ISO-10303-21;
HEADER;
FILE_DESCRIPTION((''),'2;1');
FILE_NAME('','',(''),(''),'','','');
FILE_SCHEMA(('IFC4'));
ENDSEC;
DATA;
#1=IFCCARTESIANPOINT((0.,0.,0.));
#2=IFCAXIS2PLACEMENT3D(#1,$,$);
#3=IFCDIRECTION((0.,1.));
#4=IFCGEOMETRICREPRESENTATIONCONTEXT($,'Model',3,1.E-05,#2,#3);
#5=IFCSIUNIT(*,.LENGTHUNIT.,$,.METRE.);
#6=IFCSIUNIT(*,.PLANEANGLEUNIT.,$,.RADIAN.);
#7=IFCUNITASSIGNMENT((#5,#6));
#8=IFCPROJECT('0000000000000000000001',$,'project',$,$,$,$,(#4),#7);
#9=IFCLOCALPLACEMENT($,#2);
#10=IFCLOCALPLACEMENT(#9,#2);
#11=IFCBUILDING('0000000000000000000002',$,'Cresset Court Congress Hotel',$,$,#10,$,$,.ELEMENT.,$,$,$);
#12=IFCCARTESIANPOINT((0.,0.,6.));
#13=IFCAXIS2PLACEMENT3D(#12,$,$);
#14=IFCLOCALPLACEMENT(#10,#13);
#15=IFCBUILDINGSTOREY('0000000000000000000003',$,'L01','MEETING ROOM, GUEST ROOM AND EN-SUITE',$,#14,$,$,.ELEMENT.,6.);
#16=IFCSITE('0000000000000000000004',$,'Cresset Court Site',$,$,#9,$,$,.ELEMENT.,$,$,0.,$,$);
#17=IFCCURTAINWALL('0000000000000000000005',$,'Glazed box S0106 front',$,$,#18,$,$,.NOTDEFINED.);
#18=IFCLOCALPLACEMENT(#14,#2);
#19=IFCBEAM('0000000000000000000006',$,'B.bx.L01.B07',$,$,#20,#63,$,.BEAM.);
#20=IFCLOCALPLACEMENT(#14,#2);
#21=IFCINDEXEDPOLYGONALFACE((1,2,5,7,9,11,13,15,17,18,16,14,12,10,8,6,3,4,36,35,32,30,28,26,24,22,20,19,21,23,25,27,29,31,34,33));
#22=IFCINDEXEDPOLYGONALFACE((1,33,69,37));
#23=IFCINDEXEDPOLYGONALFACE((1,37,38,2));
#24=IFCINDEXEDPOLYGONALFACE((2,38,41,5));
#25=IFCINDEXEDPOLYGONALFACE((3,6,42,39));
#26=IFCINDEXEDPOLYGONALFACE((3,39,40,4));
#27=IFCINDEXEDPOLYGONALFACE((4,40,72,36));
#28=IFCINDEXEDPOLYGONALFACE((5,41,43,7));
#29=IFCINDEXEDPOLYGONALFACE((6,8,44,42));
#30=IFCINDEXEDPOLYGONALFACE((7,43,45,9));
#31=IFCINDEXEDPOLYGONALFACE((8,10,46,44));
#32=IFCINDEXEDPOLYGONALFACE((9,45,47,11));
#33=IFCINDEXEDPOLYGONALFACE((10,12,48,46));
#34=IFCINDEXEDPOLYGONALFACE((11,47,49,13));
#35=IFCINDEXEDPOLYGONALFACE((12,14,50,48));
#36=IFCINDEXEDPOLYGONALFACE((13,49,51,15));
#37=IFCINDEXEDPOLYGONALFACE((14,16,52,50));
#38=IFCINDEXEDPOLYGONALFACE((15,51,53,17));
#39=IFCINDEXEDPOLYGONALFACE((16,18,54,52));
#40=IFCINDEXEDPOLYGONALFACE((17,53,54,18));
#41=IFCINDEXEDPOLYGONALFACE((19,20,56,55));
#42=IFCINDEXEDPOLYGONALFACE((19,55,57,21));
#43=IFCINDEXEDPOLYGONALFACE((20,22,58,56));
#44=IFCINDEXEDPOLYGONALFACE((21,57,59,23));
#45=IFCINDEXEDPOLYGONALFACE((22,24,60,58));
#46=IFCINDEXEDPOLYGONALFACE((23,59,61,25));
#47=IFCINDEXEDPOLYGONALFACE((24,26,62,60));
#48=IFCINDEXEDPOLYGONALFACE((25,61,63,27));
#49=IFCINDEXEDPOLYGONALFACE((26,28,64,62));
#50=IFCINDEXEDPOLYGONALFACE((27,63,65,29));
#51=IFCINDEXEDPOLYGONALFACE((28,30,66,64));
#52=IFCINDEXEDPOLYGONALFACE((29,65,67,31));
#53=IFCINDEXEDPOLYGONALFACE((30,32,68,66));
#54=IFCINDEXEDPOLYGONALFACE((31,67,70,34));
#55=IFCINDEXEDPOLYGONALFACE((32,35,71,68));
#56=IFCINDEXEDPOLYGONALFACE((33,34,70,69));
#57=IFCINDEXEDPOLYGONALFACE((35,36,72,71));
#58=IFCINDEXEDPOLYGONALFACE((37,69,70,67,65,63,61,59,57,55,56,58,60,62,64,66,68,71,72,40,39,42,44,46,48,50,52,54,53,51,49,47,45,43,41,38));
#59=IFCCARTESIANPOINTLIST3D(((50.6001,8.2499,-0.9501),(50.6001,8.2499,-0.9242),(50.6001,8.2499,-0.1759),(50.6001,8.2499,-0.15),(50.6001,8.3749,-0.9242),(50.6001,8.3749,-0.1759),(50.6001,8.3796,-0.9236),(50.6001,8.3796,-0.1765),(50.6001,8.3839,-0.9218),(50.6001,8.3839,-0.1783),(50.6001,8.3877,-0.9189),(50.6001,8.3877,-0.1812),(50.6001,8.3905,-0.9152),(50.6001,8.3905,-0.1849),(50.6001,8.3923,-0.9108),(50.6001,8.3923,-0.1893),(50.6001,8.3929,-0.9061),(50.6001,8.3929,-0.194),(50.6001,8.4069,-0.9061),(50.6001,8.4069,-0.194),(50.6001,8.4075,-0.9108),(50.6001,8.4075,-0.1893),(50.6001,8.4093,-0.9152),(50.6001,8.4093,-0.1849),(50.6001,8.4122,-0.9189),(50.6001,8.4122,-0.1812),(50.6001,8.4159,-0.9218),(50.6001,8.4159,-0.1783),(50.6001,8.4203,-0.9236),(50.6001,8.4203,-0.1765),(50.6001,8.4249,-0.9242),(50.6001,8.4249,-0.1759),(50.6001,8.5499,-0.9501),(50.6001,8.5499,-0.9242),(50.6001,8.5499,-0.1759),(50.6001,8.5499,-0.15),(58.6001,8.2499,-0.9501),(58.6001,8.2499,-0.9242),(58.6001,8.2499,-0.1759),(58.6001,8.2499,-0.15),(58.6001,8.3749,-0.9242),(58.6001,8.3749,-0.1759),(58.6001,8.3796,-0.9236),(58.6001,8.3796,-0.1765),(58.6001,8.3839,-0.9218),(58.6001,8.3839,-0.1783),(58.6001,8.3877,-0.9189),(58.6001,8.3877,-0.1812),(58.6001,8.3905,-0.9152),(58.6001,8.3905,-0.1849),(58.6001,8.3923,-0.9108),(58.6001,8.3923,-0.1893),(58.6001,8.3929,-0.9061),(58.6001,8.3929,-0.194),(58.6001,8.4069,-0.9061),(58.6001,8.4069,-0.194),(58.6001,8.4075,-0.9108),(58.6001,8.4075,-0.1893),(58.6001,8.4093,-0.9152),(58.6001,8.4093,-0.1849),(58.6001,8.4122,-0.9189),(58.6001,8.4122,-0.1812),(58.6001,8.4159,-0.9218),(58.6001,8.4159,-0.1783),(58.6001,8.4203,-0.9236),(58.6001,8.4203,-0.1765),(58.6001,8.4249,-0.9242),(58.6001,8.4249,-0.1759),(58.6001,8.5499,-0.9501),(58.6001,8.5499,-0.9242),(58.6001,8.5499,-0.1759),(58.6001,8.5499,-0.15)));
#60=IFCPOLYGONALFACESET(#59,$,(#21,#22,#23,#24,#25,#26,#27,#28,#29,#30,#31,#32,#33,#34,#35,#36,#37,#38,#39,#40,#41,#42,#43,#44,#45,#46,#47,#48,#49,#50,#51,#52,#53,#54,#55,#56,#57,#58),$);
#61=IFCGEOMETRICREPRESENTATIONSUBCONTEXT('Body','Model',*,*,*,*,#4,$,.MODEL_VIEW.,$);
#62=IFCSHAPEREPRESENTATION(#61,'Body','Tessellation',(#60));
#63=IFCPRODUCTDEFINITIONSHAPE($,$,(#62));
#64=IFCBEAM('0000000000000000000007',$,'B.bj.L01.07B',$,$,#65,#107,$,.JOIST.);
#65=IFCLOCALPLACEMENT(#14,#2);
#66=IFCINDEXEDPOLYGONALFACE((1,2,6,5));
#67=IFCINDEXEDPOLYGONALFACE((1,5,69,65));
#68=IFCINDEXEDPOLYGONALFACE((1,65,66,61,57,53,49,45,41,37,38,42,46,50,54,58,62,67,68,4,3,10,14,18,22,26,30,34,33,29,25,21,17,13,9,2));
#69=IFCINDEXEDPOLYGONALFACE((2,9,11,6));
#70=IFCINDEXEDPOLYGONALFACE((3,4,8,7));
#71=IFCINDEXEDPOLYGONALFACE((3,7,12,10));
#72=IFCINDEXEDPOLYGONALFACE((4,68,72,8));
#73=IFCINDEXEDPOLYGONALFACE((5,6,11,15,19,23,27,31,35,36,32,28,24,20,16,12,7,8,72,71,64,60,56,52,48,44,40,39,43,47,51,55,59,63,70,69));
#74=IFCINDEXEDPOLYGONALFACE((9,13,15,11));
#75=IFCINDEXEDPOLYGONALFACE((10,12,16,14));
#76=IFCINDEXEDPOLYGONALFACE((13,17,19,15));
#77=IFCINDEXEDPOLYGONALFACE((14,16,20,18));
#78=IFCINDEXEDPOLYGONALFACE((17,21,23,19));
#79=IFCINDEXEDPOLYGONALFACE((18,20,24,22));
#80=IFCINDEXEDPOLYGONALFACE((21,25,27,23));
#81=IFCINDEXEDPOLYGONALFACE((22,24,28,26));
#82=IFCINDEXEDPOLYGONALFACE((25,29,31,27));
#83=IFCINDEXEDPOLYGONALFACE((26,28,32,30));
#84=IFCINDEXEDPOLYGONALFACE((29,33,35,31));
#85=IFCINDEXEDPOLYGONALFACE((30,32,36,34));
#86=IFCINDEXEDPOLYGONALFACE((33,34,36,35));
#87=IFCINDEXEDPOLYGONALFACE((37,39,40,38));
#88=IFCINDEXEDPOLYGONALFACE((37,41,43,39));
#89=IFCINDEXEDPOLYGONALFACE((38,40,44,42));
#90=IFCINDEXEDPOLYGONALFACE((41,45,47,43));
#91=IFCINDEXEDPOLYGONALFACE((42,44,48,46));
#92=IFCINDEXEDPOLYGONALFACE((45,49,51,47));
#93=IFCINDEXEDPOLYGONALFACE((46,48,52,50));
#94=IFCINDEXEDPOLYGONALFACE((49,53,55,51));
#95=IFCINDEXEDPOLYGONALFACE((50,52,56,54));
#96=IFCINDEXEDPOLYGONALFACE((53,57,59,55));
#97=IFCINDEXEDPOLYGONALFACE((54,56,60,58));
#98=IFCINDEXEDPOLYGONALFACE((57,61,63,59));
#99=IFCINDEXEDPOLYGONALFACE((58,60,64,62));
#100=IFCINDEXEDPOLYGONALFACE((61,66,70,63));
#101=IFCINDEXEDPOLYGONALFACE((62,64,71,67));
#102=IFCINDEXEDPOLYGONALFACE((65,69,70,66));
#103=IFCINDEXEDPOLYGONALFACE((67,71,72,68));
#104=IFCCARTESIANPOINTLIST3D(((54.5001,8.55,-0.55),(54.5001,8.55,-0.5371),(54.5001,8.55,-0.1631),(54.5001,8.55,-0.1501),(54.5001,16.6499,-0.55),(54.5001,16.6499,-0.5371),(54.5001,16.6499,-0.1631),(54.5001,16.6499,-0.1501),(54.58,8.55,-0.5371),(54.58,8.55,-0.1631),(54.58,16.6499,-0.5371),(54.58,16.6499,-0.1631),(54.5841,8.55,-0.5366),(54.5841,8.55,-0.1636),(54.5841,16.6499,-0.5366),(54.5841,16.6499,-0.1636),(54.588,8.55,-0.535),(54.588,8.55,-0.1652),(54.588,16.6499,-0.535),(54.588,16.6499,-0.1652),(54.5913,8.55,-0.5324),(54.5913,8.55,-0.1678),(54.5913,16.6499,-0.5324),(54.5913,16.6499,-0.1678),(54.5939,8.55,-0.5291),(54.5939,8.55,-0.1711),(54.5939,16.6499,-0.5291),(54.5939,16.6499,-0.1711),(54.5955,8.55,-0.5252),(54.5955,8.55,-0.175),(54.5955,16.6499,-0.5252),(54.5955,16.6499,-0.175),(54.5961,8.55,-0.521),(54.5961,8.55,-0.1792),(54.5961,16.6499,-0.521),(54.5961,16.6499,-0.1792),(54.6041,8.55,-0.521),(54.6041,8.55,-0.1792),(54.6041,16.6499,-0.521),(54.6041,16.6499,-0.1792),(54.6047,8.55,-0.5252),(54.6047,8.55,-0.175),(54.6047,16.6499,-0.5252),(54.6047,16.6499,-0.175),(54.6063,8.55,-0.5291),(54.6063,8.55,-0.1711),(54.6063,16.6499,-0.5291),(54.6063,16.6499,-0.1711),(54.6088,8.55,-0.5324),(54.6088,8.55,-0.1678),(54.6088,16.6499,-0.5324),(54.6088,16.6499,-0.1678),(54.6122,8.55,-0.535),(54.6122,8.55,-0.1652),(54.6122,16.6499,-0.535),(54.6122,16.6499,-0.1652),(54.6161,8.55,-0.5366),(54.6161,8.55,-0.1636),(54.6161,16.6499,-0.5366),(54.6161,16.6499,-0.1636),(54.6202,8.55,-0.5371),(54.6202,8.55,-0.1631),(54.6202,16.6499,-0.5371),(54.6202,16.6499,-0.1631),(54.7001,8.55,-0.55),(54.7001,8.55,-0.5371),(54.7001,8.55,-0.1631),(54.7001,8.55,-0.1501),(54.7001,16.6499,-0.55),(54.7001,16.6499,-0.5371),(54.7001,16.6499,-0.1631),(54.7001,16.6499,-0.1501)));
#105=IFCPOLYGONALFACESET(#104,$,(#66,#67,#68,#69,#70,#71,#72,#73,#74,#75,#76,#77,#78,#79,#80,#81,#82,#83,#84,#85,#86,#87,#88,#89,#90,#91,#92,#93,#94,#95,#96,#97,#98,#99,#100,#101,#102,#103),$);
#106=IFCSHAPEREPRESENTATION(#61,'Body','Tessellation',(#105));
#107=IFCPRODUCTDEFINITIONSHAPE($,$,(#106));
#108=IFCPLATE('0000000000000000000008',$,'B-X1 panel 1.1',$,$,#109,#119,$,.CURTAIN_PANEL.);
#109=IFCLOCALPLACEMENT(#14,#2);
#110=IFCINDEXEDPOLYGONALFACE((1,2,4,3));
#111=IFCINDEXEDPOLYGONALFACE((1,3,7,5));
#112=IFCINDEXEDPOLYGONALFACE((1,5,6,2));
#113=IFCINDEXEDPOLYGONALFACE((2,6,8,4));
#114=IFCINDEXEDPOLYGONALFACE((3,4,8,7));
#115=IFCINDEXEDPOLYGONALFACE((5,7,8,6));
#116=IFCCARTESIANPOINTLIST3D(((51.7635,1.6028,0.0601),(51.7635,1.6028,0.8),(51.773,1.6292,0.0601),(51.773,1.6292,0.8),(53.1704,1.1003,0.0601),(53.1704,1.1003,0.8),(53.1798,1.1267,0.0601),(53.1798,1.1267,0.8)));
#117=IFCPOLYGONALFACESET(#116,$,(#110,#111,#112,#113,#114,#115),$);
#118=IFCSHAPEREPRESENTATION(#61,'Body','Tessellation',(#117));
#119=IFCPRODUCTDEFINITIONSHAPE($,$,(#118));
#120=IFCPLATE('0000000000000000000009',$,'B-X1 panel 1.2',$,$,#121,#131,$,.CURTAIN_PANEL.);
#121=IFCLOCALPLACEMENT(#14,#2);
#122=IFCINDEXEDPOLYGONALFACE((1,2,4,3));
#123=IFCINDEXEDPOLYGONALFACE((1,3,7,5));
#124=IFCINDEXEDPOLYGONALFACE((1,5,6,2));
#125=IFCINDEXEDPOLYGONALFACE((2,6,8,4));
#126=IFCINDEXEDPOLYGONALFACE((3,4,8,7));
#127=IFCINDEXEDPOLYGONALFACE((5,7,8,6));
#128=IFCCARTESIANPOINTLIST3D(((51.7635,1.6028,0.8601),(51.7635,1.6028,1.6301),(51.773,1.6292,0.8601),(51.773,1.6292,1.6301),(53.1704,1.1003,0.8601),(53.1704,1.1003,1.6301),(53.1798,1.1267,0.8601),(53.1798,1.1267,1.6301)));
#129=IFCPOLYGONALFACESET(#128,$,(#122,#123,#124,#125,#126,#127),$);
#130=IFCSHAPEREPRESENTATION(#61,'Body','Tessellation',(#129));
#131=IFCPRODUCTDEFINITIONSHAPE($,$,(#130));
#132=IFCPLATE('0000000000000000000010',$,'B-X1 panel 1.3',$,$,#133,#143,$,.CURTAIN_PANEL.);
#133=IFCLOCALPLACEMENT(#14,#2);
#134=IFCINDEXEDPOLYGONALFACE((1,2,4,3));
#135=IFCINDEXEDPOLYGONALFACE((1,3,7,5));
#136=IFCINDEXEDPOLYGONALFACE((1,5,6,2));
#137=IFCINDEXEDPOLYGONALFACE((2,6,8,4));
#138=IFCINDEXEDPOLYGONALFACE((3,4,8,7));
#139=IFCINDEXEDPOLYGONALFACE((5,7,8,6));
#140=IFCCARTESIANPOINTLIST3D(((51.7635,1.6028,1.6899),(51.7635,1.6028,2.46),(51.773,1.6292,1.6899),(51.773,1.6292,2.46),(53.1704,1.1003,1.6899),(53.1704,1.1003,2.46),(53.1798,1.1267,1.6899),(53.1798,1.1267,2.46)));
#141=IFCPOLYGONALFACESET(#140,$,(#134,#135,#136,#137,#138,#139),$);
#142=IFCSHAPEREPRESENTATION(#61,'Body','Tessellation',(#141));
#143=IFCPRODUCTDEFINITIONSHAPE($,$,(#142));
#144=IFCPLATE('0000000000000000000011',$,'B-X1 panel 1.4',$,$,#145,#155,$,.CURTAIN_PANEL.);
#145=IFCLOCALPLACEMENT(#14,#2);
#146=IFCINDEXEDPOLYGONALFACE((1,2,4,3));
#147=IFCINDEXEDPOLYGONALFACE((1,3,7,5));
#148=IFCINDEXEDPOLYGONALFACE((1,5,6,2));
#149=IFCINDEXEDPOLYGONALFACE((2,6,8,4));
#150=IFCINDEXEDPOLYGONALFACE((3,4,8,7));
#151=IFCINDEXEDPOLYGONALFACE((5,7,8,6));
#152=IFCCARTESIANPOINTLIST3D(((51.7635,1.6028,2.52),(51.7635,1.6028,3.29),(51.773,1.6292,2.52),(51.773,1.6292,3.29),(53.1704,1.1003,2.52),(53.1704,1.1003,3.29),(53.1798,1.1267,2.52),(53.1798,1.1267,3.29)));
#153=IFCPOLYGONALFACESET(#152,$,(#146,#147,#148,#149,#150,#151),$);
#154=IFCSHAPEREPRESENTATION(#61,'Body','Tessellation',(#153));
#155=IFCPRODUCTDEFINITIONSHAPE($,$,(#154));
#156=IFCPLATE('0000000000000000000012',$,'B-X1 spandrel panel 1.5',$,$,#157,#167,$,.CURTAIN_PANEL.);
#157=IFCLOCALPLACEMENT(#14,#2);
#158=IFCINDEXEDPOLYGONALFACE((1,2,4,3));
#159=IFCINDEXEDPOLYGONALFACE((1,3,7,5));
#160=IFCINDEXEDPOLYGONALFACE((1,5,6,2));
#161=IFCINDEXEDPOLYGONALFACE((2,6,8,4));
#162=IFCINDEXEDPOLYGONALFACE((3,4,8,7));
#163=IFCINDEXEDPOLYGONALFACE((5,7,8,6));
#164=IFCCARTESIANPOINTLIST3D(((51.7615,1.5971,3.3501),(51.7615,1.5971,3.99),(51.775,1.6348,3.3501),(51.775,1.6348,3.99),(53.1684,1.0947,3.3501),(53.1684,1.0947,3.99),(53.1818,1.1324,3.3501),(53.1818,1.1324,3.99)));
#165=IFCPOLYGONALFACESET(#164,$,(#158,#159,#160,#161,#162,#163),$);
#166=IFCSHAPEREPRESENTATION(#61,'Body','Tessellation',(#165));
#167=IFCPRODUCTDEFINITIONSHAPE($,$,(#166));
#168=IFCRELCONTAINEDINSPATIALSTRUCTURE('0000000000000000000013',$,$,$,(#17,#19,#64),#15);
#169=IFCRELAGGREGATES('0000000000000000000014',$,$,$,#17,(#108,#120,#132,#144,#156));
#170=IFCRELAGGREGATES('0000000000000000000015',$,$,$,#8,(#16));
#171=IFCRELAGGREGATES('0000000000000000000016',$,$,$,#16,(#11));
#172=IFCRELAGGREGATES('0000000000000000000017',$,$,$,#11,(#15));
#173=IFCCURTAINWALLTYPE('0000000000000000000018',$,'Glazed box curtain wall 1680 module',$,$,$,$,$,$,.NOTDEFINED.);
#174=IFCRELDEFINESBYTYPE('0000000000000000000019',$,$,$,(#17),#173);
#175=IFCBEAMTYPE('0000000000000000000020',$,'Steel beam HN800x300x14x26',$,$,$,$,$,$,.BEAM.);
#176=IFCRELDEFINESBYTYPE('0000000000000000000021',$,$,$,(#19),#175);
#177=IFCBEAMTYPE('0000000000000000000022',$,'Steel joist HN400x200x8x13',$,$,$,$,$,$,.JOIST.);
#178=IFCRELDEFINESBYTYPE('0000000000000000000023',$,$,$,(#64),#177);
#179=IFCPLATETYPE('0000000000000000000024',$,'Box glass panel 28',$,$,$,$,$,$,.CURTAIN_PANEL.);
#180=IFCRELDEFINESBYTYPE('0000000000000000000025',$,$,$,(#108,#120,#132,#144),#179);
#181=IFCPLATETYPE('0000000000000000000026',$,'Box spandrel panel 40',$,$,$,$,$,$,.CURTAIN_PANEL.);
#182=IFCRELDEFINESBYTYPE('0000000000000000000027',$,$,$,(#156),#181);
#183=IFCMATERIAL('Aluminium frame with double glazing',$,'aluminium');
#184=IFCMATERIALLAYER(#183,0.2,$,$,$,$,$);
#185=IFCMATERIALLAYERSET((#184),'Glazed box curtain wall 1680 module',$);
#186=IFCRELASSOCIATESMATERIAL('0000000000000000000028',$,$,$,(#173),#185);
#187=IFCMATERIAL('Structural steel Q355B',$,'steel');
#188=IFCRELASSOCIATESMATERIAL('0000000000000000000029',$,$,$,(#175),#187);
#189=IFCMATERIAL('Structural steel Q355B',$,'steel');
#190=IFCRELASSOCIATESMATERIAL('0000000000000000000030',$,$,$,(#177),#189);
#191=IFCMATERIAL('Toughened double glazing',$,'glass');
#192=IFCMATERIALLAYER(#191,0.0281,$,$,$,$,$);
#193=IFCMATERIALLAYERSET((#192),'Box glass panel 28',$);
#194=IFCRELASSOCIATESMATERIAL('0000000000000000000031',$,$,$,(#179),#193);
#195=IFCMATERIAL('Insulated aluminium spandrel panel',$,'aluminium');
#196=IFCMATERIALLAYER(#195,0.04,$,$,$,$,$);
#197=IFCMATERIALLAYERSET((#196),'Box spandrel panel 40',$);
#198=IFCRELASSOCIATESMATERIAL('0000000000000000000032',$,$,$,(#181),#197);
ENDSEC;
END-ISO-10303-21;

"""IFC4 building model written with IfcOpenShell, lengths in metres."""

from ifc_helpers import new_model, si_unit, direction, frame, origin, origin_2d, place, context, subcontext, project, spatial, rectangle, i_section, extrude, material, layer, layer_set, material_profile, profile_set, type_object, element, aggregate, save


model = new_model("IFC4")

# Units and contexts
model_context = context("Model", 3, precision=1e-05, world=origin(), true_north=direction((0.0, 1.0)))
body_context = subcontext(model_context, "Body", "Model", "MODEL_VIEW")
ifc_project = project(units=[si_unit("LENGTHUNIT", "METRE"), si_unit("PLANEANGLEUNIT", "RADIAN")], contexts=[model_context])

# Site, building, storey
site_placement = place(None, origin())
site = spatial("IfcSite", under=ifc_project, at=site_placement, Name="Cresset Court Site", CompositionType="ELEMENT", RefElevation=0.0)
building_placement = place(site_placement, origin())
building = spatial("IfcBuilding", under=site, at=building_placement, Name="Cresset Court Congress Hotel", CompositionType="ELEMENT")
storey_placement = place(building_placement, frame((0.0, 0.0, 6.0)))
storey = spatial("IfcBuildingStorey", under=building, at=storey_placement, Name="L01", Description="MEETING ROOM, GUEST ROOM AND EN-SUITE", CompositionType="ELEMENT", Elevation=6.0)

# Curtain wall
ifc_material_1 = material(Name="Aluminium frame with double glazing", Category="aluminium")
ifc_layer_1 = layer(ifc_material_1, 0.2)
ifc_layer_set_1 = layer_set([ifc_layer_1], Name="Glazed box curtain wall 1680 module")
curtain_wall_type = type_object("IfcCurtainWallType", Name="Glazed box curtain wall 1680 module", PredefinedType="NOTDEFINED", material=ifc_layer_set_1)
curtain_wall_1_placement = place(storey_placement, origin())
curtain_wall_1 = element("IfcCurtainWall", 1, at=curtain_wall_1_placement, inside=storey, type_object=curtain_wall_type, Name="Glazed box S0106 front", PredefinedType="NOTDEFINED")

# Beams
ifc_material_2 = material(Name="Structural steel Q355B", Category="steel")
ifc_material_profile_1 = material_profile(ifc_material_2, i_section(OverallWidth=0.3, OverallDepth=0.8, WebThickness=0.0139, FlangeThickness=0.0259, FilletRadius=0.0181, at=origin_2d()), Name="HN800x300x14x26")
ifc_profile_set_1 = profile_set([ifc_material_profile_1], Name="Structural steel Q355B")
beam_type_1 = type_object("IfcBeamType", Name="Steel beam HN800x300x14x26", PredefinedType="BEAM", material=ifc_profile_set_1)
beam_1_placement = place(storey_placement, frame((50.6001, 8.3999, -0.55), z_axis=(1.0, 0.0, 0.0), x_axis=(0.0, 1.0, 0.0)))
element("IfcBeam", 2, at=beam_1_placement, inside=storey, type_object=beam_type_1, Name="B.bx.L01.B07", PredefinedType="BEAM", context=body_context, shape_type="SweptSolid", body=[
    extrude(i_section(OverallWidth=0.3, OverallDepth=0.8, WebThickness=0.0139, FlangeThickness=0.0259, FilletRadius=0.0181, at=origin_2d()), origin(), (0.0, 0.0, 1.0), 8.0),
])
ifc_material_3 = material(Name="Structural steel Q355B", Category="steel")
ifc_material_profile_2 = material_profile(ifc_material_3, i_section(OverallWidth=0.2, OverallDepth=0.3999, WebThickness=0.0081, FlangeThickness=0.0129, FilletRadius=0.0161, at=origin_2d()), Name="HN400x200x8x13")
ifc_profile_set_2 = profile_set([ifc_material_profile_2], Name="Structural steel Q355B")
beam_type_2 = type_object("IfcBeamType", Name="Steel joist HN400x200x8x13", PredefinedType="JOIST", material=ifc_profile_set_2)
beam_2_placement = place(storey_placement, frame((54.6001, 8.55, -0.3501), z_axis=(0.0, 1.0, 0.0), x_axis=(-1.0, 0.0, 0.0)))
element("IfcBeam", 3, at=beam_2_placement, inside=storey, type_object=beam_type_2, Name="B.bj.L01.07B", PredefinedType="JOIST", context=body_context, shape_type="SweptSolid", body=[
    extrude(i_section(OverallWidth=0.2, OverallDepth=0.3999, WebThickness=0.0081, FlangeThickness=0.0129, FilletRadius=0.0161, at=origin_2d()), origin(), (0.0, 0.0, 1.0), 8.0999),
])

# Plates
ifc_material_4 = material(Name="Toughened double glazing", Category="glass")
ifc_layer_2 = layer(ifc_material_4, 0.0281)
ifc_layer_set_2 = layer_set([ifc_layer_2], Name="Box glass panel 28")
plate_type_1 = type_object("IfcPlateType", Name="Box glass panel 28", PredefinedType="CURTAIN_PANEL", material=ifc_layer_set_2)
plate_1_placement = place(storey_placement, frame((52.4717, 1.3647, 0.0601), z_axis=(0.0, 0.0, 1.0), x_axis=(0.941742, -0.336336, 0.0)))
plate_1 = element("IfcPlate", 4, at=plate_1_placement, type_object=plate_type_1, Name="B-X1 panel 1.1", PredefinedType="CURTAIN_PANEL", context=body_context, shape_type="SweptSolid", body=[
    extrude(rectangle(XDim=1.4939, YDim=0.0281, at=origin_2d()), origin(), (0.0, 0.0, 1.0), 0.74),
])
plate_2_placement = place(storey_placement, frame((52.4717, 1.3647, 0.8601), z_axis=(0.0, 0.0, 1.0), x_axis=(0.941742, -0.336336, 0.0)))
plate_2 = element("IfcPlate", 5, at=plate_2_placement, type_object=plate_type_1, Name="B-X1 panel 1.2", PredefinedType="CURTAIN_PANEL", context=body_context, shape_type="SweptSolid", body=[
    extrude(rectangle(XDim=1.4939, YDim=0.0281, at=origin_2d()), origin(), (0.0, 0.0, 1.0), 0.77),
])
plate_3_placement = place(storey_placement, frame((52.4717, 1.3647, 1.6899), z_axis=(0.0, 0.0, 1.0), x_axis=(0.941742, -0.336336, 0.0)))
plate_3 = element("IfcPlate", 6, at=plate_3_placement, type_object=plate_type_1, Name="B-X1 panel 1.3", PredefinedType="CURTAIN_PANEL", context=body_context, shape_type="SweptSolid", body=[
    extrude(rectangle(XDim=1.4939, YDim=0.0281, at=origin_2d()), origin(), (0.0, 0.0, 1.0), 0.77),
])
plate_4_placement = place(storey_placement, frame((52.4717, 1.3647, 2.52), z_axis=(0.0, 0.0, 1.0), x_axis=(0.941742, -0.336336, 0.0)))
plate_4 = element("IfcPlate", 7, at=plate_4_placement, type_object=plate_type_1, Name="B-X1 panel 1.4", PredefinedType="CURTAIN_PANEL", context=body_context, shape_type="SweptSolid", body=[
    extrude(rectangle(XDim=1.4939, YDim=0.0281, at=origin_2d()), origin(), (0.0, 0.0, 1.0), 0.77),
])
ifc_material_5 = material(Name="Insulated aluminium spandrel panel", Category="aluminium")
ifc_layer_3 = layer(ifc_material_5, 0.04)
ifc_layer_set_3 = layer_set([ifc_layer_3], Name="Box spandrel panel 40")
plate_type_2 = type_object("IfcPlateType", Name="Box spandrel panel 40", PredefinedType="CURTAIN_PANEL", material=ifc_layer_set_3)
plate_5_placement = place(storey_placement, frame((52.4717, 1.3647, 3.3501), z_axis=(0.0, 0.0, 1.0), x_axis=(0.941742, -0.336336, 0.0)))
plate_5 = element("IfcPlate", 8, at=plate_5_placement, type_object=plate_type_2, Name="B-X1 spandrel panel 1.5", PredefinedType="CURTAIN_PANEL", context=body_context, shape_type="SweptSolid", body=[
    extrude(rectangle(XDim=1.4939, YDim=0.04, at=origin_2d()), origin(), (0.0, 0.0, 1.0), 0.6399),
])
aggregate(curtain_wall_1, [plate_1, plate_2, plate_3, plate_4, plate_5])

save(model, "model.ifc")
